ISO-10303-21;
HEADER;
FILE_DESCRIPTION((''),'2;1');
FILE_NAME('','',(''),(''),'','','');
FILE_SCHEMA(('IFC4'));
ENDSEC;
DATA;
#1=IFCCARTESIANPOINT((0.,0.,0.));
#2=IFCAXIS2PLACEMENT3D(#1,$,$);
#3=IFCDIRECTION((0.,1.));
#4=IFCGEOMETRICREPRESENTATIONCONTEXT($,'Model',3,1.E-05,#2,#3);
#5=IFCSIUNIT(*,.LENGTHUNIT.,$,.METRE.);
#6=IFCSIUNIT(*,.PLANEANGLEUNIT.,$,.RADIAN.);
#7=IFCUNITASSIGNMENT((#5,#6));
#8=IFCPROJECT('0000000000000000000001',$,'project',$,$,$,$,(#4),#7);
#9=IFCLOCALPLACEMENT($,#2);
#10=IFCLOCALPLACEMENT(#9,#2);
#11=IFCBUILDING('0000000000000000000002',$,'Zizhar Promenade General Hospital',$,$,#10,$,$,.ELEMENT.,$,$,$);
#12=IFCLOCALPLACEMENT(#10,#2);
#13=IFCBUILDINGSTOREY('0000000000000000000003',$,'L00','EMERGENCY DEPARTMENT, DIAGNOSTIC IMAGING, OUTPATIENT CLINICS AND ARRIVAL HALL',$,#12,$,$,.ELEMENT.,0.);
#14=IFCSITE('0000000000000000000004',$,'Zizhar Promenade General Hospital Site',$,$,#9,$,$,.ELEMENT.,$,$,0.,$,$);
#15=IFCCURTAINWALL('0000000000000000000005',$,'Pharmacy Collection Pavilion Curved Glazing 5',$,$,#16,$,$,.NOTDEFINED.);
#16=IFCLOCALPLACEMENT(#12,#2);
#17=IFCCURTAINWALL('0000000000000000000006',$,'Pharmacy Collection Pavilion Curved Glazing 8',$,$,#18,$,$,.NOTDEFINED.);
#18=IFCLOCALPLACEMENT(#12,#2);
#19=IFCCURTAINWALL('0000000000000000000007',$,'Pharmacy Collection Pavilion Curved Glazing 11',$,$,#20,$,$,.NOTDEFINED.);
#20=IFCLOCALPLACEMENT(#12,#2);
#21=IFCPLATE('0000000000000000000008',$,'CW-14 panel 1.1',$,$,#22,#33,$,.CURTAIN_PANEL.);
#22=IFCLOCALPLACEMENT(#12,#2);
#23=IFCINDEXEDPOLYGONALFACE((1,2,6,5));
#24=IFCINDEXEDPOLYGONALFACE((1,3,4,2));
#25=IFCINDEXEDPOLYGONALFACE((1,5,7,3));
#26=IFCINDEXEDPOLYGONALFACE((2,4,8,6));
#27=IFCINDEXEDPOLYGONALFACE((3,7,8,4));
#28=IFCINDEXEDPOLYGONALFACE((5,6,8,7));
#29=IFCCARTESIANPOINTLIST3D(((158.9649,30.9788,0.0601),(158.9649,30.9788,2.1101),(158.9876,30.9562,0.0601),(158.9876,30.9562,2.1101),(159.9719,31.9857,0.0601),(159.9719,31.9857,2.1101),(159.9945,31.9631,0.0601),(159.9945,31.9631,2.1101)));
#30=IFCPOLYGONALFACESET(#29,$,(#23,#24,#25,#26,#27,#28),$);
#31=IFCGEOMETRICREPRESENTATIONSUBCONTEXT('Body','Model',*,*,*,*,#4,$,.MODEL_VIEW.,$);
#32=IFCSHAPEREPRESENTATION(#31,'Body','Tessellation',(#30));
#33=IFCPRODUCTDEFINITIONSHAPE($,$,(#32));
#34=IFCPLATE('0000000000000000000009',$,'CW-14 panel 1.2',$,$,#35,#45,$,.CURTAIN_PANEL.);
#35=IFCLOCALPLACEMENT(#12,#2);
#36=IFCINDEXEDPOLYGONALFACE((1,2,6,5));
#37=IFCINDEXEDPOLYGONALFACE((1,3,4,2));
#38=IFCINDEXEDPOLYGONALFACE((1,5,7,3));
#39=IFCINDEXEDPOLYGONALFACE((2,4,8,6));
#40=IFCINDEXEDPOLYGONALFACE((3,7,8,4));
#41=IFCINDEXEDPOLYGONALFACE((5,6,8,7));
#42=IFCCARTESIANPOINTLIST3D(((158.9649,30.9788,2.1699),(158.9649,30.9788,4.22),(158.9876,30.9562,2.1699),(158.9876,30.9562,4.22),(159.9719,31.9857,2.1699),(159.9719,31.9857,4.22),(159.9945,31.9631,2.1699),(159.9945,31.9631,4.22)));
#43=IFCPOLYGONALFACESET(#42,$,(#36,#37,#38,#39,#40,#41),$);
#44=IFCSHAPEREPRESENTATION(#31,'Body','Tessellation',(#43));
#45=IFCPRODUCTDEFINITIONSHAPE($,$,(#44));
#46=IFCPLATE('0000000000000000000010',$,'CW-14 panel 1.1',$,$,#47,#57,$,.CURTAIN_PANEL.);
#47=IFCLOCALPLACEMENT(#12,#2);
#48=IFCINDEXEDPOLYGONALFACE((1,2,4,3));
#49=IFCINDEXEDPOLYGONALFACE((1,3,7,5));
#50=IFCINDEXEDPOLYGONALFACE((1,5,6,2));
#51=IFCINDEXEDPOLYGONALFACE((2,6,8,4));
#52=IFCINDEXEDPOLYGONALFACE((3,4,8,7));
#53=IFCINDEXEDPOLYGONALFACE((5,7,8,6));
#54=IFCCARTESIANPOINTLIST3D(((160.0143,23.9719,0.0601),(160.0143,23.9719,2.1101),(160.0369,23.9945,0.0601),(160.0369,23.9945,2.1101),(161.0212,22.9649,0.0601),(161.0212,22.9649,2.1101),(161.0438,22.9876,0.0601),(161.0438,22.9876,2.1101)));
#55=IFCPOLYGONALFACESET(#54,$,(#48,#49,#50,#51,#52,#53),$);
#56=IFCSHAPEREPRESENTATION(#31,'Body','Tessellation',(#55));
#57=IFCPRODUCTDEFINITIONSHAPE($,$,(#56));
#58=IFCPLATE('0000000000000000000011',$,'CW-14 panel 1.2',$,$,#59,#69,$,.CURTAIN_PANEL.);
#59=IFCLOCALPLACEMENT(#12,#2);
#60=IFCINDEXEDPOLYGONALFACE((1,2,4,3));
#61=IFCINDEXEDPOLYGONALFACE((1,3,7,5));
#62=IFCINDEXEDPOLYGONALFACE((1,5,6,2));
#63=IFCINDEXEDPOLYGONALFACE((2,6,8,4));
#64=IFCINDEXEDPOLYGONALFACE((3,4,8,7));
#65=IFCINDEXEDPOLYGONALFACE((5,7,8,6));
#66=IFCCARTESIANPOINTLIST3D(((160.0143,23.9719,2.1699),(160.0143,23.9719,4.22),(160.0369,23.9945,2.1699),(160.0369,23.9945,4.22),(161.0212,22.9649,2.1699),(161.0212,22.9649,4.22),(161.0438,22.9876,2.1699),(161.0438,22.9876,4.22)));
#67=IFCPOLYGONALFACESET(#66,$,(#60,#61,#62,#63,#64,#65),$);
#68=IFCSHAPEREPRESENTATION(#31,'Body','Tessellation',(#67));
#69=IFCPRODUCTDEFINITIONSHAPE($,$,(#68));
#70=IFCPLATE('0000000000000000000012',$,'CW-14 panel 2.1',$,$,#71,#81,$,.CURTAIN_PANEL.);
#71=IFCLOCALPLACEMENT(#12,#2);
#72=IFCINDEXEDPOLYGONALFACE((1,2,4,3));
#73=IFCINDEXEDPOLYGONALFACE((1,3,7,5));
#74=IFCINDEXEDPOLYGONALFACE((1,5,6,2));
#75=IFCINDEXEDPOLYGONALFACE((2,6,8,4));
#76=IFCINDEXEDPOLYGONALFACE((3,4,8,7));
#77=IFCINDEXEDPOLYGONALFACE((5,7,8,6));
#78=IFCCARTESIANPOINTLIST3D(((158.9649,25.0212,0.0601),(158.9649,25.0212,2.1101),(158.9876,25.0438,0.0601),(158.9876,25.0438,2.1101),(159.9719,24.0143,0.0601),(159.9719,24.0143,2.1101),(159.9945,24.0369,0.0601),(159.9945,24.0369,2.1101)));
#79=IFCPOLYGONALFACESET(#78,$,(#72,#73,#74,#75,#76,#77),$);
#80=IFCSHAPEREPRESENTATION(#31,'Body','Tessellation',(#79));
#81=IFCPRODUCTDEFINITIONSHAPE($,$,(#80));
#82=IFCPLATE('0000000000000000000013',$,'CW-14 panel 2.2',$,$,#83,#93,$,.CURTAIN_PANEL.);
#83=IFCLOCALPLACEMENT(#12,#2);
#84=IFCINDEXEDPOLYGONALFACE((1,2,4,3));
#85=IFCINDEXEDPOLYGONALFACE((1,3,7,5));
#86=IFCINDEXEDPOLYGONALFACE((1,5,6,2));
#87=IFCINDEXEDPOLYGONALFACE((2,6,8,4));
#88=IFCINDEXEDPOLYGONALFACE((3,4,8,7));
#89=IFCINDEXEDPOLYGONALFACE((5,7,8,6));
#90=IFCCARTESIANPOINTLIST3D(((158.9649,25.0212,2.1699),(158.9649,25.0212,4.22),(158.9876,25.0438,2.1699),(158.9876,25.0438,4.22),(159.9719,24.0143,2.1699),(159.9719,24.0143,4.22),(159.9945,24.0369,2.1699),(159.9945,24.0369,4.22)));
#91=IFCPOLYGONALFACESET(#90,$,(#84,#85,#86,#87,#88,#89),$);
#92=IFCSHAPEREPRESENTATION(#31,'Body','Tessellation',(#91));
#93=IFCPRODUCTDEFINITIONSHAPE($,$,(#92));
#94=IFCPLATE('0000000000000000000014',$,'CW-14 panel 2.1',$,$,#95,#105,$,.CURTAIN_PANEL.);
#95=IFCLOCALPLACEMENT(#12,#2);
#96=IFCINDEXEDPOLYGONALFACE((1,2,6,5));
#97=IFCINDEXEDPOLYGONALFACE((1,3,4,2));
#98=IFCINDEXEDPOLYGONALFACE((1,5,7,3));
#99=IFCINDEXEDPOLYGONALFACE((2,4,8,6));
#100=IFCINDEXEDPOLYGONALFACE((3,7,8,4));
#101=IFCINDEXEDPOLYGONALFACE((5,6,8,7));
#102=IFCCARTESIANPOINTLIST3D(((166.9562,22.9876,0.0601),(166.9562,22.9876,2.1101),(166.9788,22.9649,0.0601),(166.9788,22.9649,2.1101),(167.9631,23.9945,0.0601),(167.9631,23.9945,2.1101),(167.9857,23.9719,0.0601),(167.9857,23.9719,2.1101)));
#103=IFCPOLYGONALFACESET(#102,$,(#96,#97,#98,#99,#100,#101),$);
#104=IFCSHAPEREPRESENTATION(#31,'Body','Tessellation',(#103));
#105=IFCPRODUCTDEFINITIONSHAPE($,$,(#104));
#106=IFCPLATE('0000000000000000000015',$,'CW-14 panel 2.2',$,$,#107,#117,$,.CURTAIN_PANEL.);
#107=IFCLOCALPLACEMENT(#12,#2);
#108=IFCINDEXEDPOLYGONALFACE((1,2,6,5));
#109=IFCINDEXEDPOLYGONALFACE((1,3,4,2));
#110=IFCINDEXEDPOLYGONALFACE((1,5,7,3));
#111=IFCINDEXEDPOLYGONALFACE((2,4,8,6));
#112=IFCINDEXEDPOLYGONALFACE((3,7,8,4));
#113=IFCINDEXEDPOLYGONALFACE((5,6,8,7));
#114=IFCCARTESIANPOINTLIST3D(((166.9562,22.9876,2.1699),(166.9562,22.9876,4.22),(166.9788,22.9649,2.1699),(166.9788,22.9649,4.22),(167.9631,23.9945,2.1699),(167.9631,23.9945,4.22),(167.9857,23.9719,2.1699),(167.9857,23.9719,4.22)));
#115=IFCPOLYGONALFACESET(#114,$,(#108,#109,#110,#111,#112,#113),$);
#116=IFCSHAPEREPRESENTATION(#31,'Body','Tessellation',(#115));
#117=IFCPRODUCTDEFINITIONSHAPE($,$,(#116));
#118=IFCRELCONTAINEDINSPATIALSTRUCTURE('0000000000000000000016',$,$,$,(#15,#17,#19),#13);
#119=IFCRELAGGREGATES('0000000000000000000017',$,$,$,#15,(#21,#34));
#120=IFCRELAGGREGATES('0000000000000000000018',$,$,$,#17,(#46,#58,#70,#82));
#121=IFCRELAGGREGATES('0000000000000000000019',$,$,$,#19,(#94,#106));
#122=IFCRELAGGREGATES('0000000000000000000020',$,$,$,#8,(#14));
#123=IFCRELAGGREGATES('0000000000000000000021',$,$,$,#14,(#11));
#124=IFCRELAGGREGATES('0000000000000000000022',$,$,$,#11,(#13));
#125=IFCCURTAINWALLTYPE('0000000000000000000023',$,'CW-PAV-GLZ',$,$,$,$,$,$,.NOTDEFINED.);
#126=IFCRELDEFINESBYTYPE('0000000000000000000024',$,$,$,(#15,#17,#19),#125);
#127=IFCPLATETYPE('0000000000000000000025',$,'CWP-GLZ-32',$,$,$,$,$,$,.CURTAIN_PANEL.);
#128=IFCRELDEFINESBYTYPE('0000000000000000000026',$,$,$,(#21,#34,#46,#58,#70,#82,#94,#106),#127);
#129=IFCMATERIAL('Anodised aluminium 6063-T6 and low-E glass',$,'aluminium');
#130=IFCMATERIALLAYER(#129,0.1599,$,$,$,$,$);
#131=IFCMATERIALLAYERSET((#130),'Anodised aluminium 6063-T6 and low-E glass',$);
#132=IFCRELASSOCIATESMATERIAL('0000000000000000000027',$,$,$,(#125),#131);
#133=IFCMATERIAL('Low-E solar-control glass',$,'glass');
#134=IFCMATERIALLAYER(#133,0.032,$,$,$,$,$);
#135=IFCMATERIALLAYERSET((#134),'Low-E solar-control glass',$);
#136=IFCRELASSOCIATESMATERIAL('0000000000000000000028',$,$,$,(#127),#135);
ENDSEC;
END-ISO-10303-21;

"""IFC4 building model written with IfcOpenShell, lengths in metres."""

from ifc_helpers import new_model, si_unit, direction, frame, origin, origin_2d, place, context, subcontext, project, spatial, rectangle, extrude, material, layer, layer_set, type_object, element, aggregate, save


model = new_model("IFC4")

# Units and contexts
model_context = context("Model", 3, precision=1e-05, world=origin(), true_north=direction((0.0, 1.0)))
body_context = subcontext(model_context, "Body", "Model", "MODEL_VIEW")
ifc_project = project(units=[si_unit("LENGTHUNIT", "METRE"), si_unit("PLANEANGLEUNIT", "RADIAN")], contexts=[model_context])

# Site, building, storey
site_placement = place(None, origin())
site = spatial("IfcSite", under=ifc_project, at=site_placement, Name="Zizhar Promenade General Hospital Site", CompositionType="ELEMENT", RefElevation=0.0)
building_placement = place(site_placement, origin())
building = spatial("IfcBuilding", under=site, at=building_placement, Name="Zizhar Promenade General Hospital", CompositionType="ELEMENT")
storey_placement = place(building_placement, origin())
storey = spatial("IfcBuildingStorey", under=building, at=storey_placement, Name="L00", Description="EMERGENCY DEPARTMENT, DIAGNOSTIC IMAGING, OUTPATIENT CLINICS AND ARRIVAL HALL", CompositionType="ELEMENT", Elevation=0.0)

# Curtain walls
ifc_material_1 = material(Name="Anodised aluminium 6063-T6 and low-E glass", Category="aluminium")
ifc_layer_1 = layer(ifc_material_1, 0.1599)
ifc_layer_set_1 = layer_set([ifc_layer_1], Name="Anodised aluminium 6063-T6 and low-E glass")
curtain_wall_type = type_object("IfcCurtainWallType", Name="CW-PAV-GLZ", PredefinedType="NOTDEFINED", material=ifc_layer_set_1)
curtain_wall_1_placement = place(storey_placement, origin())
curtain_wall_1 = element("IfcCurtainWall", 1, at=curtain_wall_1_placement, inside=storey, type_object=curtain_wall_type, Name="Pharmacy Collection Pavilion Curved Glazing 5", PredefinedType="NOTDEFINED")
curtain_wall_2_placement = place(storey_placement, origin())
curtain_wall_2 = element("IfcCurtainWall", 2, at=curtain_wall_2_placement, inside=storey, type_object=curtain_wall_type, Name="Pharmacy Collection Pavilion Curved Glazing 8", PredefinedType="NOTDEFINED")

# Curtain wall
curtain_wall_3_placement = place(storey_placement, origin())
curtain_wall_3 = element("IfcCurtainWall", 3, at=curtain_wall_3_placement, inside=storey, type_object=curtain_wall_type, Name="Pharmacy Collection Pavilion Curved Glazing 11", PredefinedType="NOTDEFINED")

# Plates
ifc_material_2 = material(Name="Low-E solar-control glass", Category="glass")
ifc_layer_2 = layer(ifc_material_2, 0.032)
ifc_layer_set_2 = layer_set([ifc_layer_2], Name="Low-E solar-control glass")
plate_type = type_object("IfcPlateType", Name="CWP-GLZ-32", PredefinedType="CURTAIN_PANEL", material=ifc_layer_set_2)
plate_1_placement = place(storey_placement, frame((159.4797, 31.4709, 0.0601), z_axis=(0.0, 0.0, 1.0), x_axis=(0.707107, 0.707107, 0.0)))
plate_1 = element("IfcPlate", 4, at=plate_1_placement, type_object=plate_type, Name="CW-14 panel 1.1", PredefinedType="CURTAIN_PANEL", context=body_context, shape_type="SweptSolid", body=[
    extrude(rectangle(XDim=1.4241, YDim=0.032, at=origin_2d()), origin(), (0.0, 0.0, 1.0), 2.05),
])
plate_2_placement = place(storey_placement, frame((159.4797, 31.4709, 2.1699), z_axis=(0.0, 0.0, 1.0), x_axis=(0.707107, 0.707107, 0.0)))
plate_2 = element("IfcPlate", 5, at=plate_2_placement, type_object=plate_type, Name="CW-14 panel 1.2", PredefinedType="CURTAIN_PANEL", context=body_context, shape_type="SweptSolid", body=[
    extrude(rectangle(XDim=1.4241, YDim=0.032, at=origin_2d()), origin(), (0.0, 0.0, 1.0), 2.05),
])
aggregate(curtain_wall_1, [plate_1, plate_2])
plate_3_placement = place(storey_placement, frame((160.5291, 23.4797, 0.0601), z_axis=(0.0, 0.0, 1.0), x_axis=(-0.707107, 0.707107, 0.0)))
plate_3 = element("IfcPlate", 6, at=plate_3_placement, type_object=plate_type, Name="CW-14 panel 1.1", PredefinedType="CURTAIN_PANEL", context=body_context, shape_type="SweptSolid", body=[
    extrude(rectangle(XDim=1.4241, YDim=0.032, at=origin_2d()), origin(), (0.0, 0.0, 1.0), 2.05),
])
plate_4_placement = place(storey_placement, frame((160.5291, 23.4797, 2.1699), z_axis=(0.0, 0.0, 1.0), x_axis=(-0.707107, 0.707107, 0.0)))
plate_4 = element("IfcPlate", 7, at=plate_4_placement, type_object=plate_type, Name="CW-14 panel 1.2", PredefinedType="CURTAIN_PANEL", context=body_context, shape_type="SweptSolid", body=[
    extrude(rectangle(XDim=1.4241, YDim=0.032, at=origin_2d()), origin(), (0.0, 0.0, 1.0), 2.05),
])
plate_5_placement = place(storey_placement, frame((159.4797, 24.5291, 0.0601), z_axis=(0.0, 0.0, 1.0), x_axis=(-0.707107, 0.707107, 0.0)))
plate_5 = element("IfcPlate", 8, at=plate_5_placement, type_object=plate_type, Name="CW-14 panel 2.1", PredefinedType="CURTAIN_PANEL", context=body_context, shape_type="SweptSolid", body=[
    extrude(rectangle(XDim=1.4241, YDim=0.032, at=origin_2d()), origin(), (0.0, 0.0, 1.0), 2.05),
])
plate_6_placement = place(storey_placement, frame((159.4797, 24.5291, 2.1699), z_axis=(0.0, 0.0, 1.0), x_axis=(-0.707107, 0.707107, 0.0)))
plate_6 = element("IfcPlate", 9, at=plate_6_placement, type_object=plate_type, Name="CW-14 panel 2.2", PredefinedType="CURTAIN_PANEL", context=body_context, shape_type="SweptSolid", body=[
    extrude(rectangle(XDim=1.4241, YDim=0.032, at=origin_2d()), origin(), (0.0, 0.0, 1.0), 2.05),
])
aggregate(curtain_wall_2, [plate_3, plate_4, plate_5, plate_6])
plate_7_placement = place(storey_placement, frame((167.4709, 23.4797, 0.0601), z_axis=(0.0, 0.0, 1.0), x_axis=(-0.707107, -0.707107, 0.0)))
plate_7 = element("IfcPlate", 10, at=plate_7_placement, type_object=plate_type, Name="CW-14 panel 2.1", PredefinedType="CURTAIN_PANEL", context=body_context, shape_type="SweptSolid", body=[
    extrude(rectangle(XDim=1.4241, YDim=0.032, at=origin_2d()), origin(), (0.0, 0.0, 1.0), 2.05),
])
plate_8_placement = place(storey_placement, frame((167.4709, 23.4797, 2.1699), z_axis=(0.0, 0.0, 1.0), x_axis=(-0.707107, -0.707107, 0.0)))
plate_8 = element("IfcPlate", 11, at=plate_8_placement, type_object=plate_type, Name="CW-14 panel 2.2", PredefinedType="CURTAIN_PANEL", context=body_context, shape_type="SweptSolid", body=[
    extrude(rectangle(XDim=1.4241, YDim=0.032, at=origin_2d()), origin(), (0.0, 0.0, 1.0), 2.05),
])
aggregate(curtain_wall_3, [plate_7, plate_8])

save(model, "model.ifc")
